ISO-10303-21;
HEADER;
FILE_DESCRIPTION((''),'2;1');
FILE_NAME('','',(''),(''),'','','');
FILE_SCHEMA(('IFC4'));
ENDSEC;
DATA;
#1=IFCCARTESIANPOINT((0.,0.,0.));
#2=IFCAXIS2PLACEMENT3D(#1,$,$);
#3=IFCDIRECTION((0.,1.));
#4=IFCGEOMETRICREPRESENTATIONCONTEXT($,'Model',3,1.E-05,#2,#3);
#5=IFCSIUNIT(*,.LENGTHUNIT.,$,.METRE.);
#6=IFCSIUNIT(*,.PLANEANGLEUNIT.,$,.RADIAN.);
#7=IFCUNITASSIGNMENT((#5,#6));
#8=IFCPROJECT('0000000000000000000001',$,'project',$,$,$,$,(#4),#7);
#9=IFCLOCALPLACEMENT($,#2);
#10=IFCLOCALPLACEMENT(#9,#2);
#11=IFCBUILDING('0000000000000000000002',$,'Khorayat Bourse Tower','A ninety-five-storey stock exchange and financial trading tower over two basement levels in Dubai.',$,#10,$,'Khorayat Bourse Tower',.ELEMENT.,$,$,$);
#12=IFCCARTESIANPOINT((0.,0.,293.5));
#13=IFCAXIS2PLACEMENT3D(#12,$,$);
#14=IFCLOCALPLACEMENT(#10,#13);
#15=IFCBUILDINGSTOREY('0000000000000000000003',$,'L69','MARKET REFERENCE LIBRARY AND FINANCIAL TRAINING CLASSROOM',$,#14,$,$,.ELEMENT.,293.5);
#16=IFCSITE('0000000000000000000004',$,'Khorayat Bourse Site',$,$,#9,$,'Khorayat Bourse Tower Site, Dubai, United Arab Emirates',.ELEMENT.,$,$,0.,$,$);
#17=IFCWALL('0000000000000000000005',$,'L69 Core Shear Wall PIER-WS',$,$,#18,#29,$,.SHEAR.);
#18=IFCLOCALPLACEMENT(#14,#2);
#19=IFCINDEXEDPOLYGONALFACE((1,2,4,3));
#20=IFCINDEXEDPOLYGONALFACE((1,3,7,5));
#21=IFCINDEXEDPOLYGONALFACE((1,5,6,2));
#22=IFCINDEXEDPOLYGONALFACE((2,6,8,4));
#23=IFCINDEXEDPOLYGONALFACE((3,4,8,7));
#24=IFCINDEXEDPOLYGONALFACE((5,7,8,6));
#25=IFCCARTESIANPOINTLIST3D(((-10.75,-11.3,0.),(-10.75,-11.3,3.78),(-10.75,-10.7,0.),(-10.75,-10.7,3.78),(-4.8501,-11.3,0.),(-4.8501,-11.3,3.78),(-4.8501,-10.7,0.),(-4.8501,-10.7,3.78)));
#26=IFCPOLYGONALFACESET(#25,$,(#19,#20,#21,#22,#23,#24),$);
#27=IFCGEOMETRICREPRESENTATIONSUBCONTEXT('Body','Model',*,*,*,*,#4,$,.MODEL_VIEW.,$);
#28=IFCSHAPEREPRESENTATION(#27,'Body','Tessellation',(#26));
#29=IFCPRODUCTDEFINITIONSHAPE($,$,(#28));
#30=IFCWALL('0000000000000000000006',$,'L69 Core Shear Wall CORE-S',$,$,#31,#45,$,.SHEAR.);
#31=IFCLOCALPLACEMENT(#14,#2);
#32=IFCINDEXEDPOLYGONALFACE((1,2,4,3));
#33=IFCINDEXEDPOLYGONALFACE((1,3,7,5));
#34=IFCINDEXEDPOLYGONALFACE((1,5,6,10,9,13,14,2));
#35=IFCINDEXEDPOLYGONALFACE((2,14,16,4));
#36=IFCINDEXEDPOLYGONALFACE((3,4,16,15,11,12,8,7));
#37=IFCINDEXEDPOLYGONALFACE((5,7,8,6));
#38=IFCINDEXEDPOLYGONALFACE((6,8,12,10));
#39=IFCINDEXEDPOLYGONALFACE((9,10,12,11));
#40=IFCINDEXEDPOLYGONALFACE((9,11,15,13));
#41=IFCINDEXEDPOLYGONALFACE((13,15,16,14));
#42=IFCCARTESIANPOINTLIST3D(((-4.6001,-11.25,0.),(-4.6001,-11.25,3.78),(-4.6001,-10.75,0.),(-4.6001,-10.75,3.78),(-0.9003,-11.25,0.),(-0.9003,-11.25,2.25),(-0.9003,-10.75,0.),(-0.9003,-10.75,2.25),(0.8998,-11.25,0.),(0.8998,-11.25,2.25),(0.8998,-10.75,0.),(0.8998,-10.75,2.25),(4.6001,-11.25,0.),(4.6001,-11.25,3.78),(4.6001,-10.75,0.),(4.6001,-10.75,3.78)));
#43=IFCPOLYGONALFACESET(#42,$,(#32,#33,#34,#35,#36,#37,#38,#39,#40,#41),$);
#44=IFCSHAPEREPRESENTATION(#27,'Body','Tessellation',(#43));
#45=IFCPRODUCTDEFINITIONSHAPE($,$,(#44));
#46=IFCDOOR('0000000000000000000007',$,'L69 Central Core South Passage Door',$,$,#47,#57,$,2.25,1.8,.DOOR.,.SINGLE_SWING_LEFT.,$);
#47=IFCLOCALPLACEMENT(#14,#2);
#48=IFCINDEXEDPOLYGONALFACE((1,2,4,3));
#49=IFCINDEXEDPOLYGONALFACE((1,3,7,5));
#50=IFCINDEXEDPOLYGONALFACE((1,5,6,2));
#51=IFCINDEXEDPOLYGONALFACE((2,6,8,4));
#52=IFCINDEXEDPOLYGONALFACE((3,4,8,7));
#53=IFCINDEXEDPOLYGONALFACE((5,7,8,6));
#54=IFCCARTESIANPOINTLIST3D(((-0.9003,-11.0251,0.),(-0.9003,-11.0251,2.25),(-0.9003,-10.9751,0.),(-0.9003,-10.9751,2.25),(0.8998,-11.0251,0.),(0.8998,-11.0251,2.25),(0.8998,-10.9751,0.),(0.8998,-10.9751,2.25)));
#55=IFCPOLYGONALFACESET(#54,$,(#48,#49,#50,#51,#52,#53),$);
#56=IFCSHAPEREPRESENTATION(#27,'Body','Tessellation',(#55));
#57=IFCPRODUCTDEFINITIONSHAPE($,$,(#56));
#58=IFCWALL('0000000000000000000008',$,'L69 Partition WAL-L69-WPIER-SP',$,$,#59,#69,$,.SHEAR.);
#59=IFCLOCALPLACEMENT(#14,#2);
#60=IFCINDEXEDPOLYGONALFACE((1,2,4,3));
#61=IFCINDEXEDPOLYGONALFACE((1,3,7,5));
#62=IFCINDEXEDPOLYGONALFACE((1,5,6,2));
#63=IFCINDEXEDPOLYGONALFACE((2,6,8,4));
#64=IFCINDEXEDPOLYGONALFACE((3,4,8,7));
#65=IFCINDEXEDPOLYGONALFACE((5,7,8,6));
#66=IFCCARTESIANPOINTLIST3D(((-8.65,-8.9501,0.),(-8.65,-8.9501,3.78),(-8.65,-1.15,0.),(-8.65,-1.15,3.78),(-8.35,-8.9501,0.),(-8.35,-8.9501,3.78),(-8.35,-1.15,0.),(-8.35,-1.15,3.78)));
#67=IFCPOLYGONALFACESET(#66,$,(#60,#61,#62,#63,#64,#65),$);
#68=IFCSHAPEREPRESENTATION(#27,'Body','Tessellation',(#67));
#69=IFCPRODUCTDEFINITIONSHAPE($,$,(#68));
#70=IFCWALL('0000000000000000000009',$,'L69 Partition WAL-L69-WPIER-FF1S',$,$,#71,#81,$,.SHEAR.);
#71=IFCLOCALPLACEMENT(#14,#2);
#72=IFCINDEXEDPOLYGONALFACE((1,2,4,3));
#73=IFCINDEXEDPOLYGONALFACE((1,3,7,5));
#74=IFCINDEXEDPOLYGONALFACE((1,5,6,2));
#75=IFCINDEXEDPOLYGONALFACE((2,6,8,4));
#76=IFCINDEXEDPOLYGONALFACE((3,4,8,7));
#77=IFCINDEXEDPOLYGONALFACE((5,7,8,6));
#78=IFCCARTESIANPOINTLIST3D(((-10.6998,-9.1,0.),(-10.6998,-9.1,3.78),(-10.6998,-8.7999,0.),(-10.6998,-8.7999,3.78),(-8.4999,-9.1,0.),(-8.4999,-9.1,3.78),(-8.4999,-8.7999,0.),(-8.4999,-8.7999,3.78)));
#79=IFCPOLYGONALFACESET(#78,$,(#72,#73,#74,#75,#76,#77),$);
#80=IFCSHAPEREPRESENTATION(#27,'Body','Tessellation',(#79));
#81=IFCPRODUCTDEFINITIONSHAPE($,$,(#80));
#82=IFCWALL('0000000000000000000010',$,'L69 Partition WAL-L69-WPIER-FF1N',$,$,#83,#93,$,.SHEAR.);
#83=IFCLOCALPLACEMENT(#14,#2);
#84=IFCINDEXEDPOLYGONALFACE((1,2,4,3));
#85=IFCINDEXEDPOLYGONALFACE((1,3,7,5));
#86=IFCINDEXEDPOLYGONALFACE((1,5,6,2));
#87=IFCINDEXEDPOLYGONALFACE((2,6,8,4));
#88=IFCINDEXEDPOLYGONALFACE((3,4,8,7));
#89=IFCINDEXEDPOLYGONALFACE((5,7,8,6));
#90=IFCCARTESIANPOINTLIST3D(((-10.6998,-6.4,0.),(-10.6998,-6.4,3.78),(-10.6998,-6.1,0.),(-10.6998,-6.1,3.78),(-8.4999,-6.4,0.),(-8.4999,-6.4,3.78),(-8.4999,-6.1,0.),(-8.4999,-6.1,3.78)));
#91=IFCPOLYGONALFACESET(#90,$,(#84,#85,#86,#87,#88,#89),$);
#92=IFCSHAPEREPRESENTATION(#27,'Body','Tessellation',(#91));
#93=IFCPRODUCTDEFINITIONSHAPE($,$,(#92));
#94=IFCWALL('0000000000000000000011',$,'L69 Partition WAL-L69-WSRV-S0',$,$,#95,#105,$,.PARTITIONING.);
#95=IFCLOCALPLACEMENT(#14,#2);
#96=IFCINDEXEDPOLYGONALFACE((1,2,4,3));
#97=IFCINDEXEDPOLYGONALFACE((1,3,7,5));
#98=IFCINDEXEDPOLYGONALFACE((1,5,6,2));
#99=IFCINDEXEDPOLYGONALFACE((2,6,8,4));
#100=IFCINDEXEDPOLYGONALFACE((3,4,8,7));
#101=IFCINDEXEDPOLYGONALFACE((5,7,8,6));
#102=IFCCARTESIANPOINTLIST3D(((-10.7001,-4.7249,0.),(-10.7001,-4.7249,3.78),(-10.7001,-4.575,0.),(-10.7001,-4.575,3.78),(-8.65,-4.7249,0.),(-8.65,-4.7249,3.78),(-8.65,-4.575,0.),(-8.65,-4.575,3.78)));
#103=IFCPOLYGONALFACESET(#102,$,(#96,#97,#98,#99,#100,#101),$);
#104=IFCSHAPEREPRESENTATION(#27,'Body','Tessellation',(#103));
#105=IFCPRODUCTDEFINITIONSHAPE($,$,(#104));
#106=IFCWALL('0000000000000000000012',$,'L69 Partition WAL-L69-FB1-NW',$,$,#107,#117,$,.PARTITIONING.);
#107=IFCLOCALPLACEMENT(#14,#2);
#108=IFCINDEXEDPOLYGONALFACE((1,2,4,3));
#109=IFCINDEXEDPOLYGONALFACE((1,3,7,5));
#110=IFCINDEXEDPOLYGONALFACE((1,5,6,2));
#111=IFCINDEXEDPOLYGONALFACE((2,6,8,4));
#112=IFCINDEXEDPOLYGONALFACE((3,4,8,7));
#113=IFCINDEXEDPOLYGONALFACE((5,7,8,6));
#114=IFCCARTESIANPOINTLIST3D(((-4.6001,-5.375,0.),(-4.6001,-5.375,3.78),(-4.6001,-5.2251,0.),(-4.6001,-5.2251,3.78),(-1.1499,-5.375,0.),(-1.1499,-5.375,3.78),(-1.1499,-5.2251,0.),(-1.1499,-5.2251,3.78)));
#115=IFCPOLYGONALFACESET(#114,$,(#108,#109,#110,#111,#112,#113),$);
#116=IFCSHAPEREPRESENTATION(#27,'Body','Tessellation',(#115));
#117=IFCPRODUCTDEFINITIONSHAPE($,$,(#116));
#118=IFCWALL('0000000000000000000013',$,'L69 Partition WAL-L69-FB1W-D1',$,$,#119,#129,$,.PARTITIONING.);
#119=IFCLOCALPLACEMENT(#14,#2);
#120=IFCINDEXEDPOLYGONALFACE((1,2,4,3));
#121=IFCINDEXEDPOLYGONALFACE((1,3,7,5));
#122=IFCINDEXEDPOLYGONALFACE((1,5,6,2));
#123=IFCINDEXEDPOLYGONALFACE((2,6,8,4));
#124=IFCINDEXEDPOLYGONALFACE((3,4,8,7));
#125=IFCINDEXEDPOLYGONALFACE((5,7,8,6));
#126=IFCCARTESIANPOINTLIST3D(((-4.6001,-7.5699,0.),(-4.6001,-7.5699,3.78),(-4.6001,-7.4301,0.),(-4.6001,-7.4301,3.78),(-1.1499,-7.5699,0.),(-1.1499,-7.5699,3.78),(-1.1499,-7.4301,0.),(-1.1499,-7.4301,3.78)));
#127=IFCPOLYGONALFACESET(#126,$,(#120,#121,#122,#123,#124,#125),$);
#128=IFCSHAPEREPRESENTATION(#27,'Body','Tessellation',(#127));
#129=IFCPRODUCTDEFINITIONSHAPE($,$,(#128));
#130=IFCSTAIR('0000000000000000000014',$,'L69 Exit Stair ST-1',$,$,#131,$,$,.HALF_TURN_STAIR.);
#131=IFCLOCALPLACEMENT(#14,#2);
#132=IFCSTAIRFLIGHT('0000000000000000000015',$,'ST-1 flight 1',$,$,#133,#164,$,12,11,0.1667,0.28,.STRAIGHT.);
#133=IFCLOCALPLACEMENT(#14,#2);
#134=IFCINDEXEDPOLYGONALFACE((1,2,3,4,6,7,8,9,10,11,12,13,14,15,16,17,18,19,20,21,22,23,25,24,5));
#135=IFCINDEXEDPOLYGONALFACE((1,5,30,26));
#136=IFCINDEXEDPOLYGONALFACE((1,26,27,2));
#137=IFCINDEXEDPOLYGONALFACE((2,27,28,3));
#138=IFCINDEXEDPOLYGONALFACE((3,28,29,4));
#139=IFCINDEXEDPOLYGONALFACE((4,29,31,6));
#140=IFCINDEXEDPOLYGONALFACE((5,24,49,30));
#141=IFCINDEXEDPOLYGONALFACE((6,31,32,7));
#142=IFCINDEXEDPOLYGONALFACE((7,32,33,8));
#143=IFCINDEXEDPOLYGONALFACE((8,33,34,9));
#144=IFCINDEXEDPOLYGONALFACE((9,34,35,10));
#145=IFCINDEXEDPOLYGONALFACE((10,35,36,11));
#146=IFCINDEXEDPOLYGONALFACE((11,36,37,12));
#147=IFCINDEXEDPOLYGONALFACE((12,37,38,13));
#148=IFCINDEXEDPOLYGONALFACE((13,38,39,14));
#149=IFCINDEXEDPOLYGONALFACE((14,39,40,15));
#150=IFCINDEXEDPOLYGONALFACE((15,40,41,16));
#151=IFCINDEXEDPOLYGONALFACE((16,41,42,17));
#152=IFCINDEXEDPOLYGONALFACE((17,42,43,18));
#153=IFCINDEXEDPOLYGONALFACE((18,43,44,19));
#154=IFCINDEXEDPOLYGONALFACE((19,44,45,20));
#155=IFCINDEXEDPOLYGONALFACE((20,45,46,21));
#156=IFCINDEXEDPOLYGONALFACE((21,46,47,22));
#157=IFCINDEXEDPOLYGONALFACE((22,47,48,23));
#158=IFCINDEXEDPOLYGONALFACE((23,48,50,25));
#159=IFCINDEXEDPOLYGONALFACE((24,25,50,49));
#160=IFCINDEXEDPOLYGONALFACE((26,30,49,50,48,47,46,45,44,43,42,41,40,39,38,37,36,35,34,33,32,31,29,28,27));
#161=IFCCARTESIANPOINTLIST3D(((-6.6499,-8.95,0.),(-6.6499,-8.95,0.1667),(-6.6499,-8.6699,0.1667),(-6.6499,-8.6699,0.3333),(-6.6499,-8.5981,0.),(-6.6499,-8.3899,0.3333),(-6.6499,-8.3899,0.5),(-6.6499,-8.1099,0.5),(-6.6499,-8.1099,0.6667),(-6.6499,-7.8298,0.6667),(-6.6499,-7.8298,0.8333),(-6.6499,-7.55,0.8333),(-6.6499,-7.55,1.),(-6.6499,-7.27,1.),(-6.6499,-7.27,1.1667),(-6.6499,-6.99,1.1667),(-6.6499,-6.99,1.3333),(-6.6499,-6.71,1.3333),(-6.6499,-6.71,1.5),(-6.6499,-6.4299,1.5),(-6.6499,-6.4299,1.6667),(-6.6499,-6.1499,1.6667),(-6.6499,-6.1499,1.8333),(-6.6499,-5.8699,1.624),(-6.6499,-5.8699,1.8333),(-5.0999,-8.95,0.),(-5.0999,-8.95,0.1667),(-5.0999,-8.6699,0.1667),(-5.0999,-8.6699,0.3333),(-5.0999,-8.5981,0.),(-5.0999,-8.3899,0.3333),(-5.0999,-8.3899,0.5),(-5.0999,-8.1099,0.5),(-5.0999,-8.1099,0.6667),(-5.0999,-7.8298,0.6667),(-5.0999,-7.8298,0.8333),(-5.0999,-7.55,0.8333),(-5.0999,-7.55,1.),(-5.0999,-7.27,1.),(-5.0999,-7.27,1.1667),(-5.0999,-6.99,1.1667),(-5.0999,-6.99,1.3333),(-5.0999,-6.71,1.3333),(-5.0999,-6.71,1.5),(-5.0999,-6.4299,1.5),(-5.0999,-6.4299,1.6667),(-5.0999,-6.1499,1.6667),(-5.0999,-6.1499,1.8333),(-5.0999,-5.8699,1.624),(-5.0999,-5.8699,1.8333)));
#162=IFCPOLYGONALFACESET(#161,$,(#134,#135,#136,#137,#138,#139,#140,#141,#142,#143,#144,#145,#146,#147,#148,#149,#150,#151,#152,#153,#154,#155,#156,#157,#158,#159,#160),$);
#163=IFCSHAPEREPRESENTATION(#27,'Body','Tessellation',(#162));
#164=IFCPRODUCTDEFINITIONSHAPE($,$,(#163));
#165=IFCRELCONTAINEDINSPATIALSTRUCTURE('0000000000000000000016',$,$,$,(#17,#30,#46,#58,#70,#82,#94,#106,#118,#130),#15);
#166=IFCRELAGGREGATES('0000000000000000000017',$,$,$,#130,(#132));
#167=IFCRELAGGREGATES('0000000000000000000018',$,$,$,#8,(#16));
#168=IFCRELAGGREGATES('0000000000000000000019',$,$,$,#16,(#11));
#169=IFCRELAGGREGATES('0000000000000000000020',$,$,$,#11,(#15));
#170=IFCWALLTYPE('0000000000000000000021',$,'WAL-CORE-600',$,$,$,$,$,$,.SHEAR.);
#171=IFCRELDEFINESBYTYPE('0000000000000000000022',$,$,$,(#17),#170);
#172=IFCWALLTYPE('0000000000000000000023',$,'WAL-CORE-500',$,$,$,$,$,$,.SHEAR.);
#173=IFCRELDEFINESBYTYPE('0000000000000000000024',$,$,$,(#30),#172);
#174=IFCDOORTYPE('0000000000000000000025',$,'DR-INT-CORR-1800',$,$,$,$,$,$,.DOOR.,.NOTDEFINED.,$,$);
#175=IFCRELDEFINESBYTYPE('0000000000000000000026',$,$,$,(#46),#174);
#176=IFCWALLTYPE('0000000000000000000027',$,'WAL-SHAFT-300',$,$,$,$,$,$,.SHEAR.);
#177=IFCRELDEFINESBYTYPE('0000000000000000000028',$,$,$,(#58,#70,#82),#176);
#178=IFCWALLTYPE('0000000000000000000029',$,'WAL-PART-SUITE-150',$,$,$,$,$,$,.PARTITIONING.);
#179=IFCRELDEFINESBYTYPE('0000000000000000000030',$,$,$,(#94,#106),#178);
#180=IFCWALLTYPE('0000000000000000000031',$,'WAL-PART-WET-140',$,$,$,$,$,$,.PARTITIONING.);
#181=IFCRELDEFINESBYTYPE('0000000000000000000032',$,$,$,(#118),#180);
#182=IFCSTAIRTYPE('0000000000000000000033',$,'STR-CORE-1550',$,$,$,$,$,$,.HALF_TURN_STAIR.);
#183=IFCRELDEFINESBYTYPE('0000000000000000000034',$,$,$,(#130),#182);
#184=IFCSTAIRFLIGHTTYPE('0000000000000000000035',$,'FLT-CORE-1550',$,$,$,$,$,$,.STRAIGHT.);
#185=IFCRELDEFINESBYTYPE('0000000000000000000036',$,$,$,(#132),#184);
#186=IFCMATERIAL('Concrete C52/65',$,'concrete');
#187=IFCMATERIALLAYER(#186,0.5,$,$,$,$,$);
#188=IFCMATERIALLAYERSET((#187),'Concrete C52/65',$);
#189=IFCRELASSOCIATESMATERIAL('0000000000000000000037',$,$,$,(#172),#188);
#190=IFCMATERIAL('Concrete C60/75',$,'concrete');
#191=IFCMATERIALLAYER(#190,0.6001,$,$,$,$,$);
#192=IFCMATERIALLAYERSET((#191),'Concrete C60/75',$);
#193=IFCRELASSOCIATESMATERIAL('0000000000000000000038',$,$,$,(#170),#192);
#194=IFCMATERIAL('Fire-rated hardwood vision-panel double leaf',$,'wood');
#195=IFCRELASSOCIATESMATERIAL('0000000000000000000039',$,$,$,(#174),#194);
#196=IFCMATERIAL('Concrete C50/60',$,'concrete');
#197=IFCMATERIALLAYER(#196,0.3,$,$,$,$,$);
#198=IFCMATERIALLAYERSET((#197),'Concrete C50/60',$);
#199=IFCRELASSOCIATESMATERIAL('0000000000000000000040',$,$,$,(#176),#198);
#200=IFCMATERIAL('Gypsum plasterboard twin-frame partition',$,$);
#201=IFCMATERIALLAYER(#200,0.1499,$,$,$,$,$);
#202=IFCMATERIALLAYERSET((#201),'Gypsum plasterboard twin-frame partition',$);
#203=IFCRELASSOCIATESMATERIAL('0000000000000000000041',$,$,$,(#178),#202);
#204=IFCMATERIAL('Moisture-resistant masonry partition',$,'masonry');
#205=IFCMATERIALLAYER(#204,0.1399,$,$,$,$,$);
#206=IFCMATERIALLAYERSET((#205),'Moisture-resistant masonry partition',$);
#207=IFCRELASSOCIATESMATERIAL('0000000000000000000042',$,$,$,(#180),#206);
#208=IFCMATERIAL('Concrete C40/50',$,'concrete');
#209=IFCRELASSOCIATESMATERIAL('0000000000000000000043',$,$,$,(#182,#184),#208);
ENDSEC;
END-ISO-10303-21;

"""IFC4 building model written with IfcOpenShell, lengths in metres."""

from ifc_helpers import new_model, si_unit, direction, frame, frame_2d, origin, place, context, subcontext, project, spatial, polyline, rectangle, outline, extrude, source, transform, mapped, material, layer, layer_set, type_object, element, fill, aggregate, save


model = new_model("IFC4")

# Units and contexts
model_context = context("Model", 3, precision=1e-05, world=origin(), true_north=direction((0.0, 1.0)))
body_context = subcontext(model_context, "Body", "Model", "MODEL_VIEW")
ifc_project = project(units=[si_unit("LENGTHUNIT", "METRE"), si_unit("PLANEANGLEUNIT", "RADIAN")], contexts=[model_context])

# Site, building, storey
site_placement = place(None, origin())
site = spatial("IfcSite", under=ifc_project, at=site_placement, Name="Khorayat Bourse Site", LongName="Khorayat Bourse Tower Site, Dubai, United Arab Emirates", CompositionType="ELEMENT", RefElevation=0.0)
building_placement = place(site_placement, origin())
building = spatial("IfcBuilding", under=site, at=building_placement, Name="Khorayat Bourse Tower", Description="A ninety-five-storey stock exchange and financial trading tower over two basement levels in Dubai.", LongName="Khorayat Bourse Tower", CompositionType="ELEMENT")
storey_placement = place(building_placement, frame((0.0, 0.0, 293.5)))
storey = spatial("IfcBuildingStorey", under=building, at=storey_placement, Name="L69", Description="MARKET REFERENCE LIBRARY AND FINANCIAL TRAINING CLASSROOM", CompositionType="ELEMENT", Elevation=293.5)

# Shared definitions
ifc_material_1 = material(Name="Concrete C52/65", Category="concrete")

# Shared definitions
ifc_material_2 = material(Name="Concrete C60/75", Category="concrete")

# Wall
ifc_layer_1 = layer(ifc_material_1, 0.5)
ifc_layer_set_1 = layer_set([ifc_layer_1], Name="Concrete C52/65")
wall_type_1 = type_object("IfcWallType", Name="WAL-CORE-500", PredefinedType="SHEAR", material=ifc_layer_set_1)
ifc_layer_2 = layer(ifc_material_2, 0.6001)
ifc_layer_set_2 = layer_set([ifc_layer_2], Name="Concrete C60/75")
wall_type_2 = type_object("IfcWallType", Name="WAL-CORE-600", PredefinedType="SHEAR", material=ifc_layer_set_2)
shared_shape_1 = source(origin(), body_context, "Body", "SweptSolid", [
    extrude(rectangle(XDim=5.8999, YDim=0.6001, at=frame_2d((2.95, 0.0))), origin(), (0.0, 0.0, 1.0), 3.78),
])
wall_1_placement = place(storey_placement, frame((-10.75, -11.0, 0.0), z_axis=(0.0, 0.0, 1.0), x_axis=(1.0, 0.0, 0.0)))
element("IfcWall", 1, at=wall_1_placement, inside=storey, type_object=wall_type_2, Name="L69 Core Shear Wall PIER-WS", PredefinedType="SHEAR", context=body_context, shape_type="MappedRepresentation", body=[
    mapped(shared_shape_1, transform((0.0, 0.0, 0.0), scale=1.0)),
])

# Wall, opening, door
shared_shape_2 = source(origin(), body_context, "Body", "SweptSolid", [
    extrude(rectangle(XDim=9.2002, YDim=0.5, at=frame_2d((4.6001, 0.0))), origin(), (0.0, 0.0, 1.0), 3.78),
])
wall_2_placement = place(storey_placement, frame((-4.6001, -11.0, 0.0), z_axis=(0.0, 0.0, 1.0), x_axis=(1.0, 0.0, 0.0)))
wall_2 = element("IfcWall", 2, at=wall_2_placement, inside=storey, type_object=wall_type_1, Name="L69 Core Shear Wall CORE-S", PredefinedType="SHEAR", context=body_context, shape_type="MappedRepresentation", body=[
    mapped(shared_shape_2, transform((0.0, 0.0, 0.0), scale=1.0)),
])
shared_shape_3 = source(origin(), body_context, "Body", "SweptSolid", [
    extrude(rectangle(XDim=1.8, YDim=2.25, at=frame_2d((0.8999, 1.125))), frame((0.0, 0.26, 0.0), z_axis=(0.0, -1.0, 0.0), x_axis=(1.0, 0.0, 0.0)), (0.0, 0.0, 1.0), 0.52),
])
opening_placement = place(wall_2_placement, frame((3.7, 0.0, 0.0)))
opening = element("IfcOpeningElement", 3, at=opening_placement, cuts=wall_2, PredefinedType="OPENING", context=body_context, shape_type="MappedRepresentation", body=[
    mapped(shared_shape_3, transform((0.0, 0.0, 0.0), scale=1.0)),
])
ifc_material_3 = material(Name="Fire-rated hardwood vision-panel double leaf", Category="wood")
door_type = type_object("IfcDoorType", Name="DR-INT-CORR-1800", OperationType="NOTDEFINED", PredefinedType="DOOR", material=ifc_material_3)
shared_shape_4 = source(origin(), body_context, "Body", "SweptSolid", [
    extrude(rectangle(XDim=1.8, YDim=2.25, at=frame_2d((0.8999, 1.125))), frame((0.0, 0.0249, 0.0), z_axis=(0.0, -1.0, 0.0), x_axis=(1.0, 0.0, 0.0)), (0.0, 0.0, 1.0), 0.05),
])
door_placement = place(opening_placement, origin())
door = element("IfcDoor", 4, at=door_placement, inside=storey, type_object=door_type, Name="L69 Central Core South Passage Door", OperationType="SINGLE_SWING_LEFT", OverallHeight=2.25, OverallWidth=1.8, PredefinedType="DOOR", context=body_context, shape_type="MappedRepresentation", body=[
    mapped(shared_shape_4, transform((0.0, 0.0, 0.0), scale=1.0)),
])
fill(opening, door)

# Walls
ifc_material_4 = material(Name="Concrete C50/60", Category="concrete")
ifc_layer_3 = layer(ifc_material_4, 0.3)
ifc_layer_set_3 = layer_set([ifc_layer_3], Name="Concrete C50/60")
wall_type_3 = type_object("IfcWallType", Name="WAL-SHAFT-300", PredefinedType="SHEAR", material=ifc_layer_set_3)
shared_shape_5 = source(origin(), body_context, "Body", "SweptSolid", [
    extrude(rectangle(XDim=7.8, YDim=0.3, at=frame_2d((3.8999, 0.0))), origin(), (0.0, 0.0, 1.0), 3.78),
])
wall_3_placement = place(storey_placement, frame((-8.5, -8.95, 0.0), z_axis=(0.0, 0.0, 1.0), x_axis=(0.0, 1.0, 0.0)))
element("IfcWall", 5, at=wall_3_placement, inside=storey, type_object=wall_type_3, Name="L69 Partition WAL-L69-WPIER-SP", PredefinedType="SHEAR", context=body_context, shape_type="MappedRepresentation", body=[
    mapped(shared_shape_5, transform((0.0, 0.0, 0.0), scale=1.0)),
])
shared_shape_6 = source(origin(), body_context, "Body", "SweptSolid", [
    extrude(rectangle(XDim=2.2, YDim=0.3, at=frame_2d((1.1001, 0.0))), origin(), (0.0, 0.0, 1.0), 3.78),
])
for number, where, z_axis, x_axis, name in (
    (6, (-10.7, -8.95, 0.0), (0.0, 0.0, 1.0), (1.0, 0.0, 0.0), "L69 Partition WAL-L69-WPIER-FF1S"),
    (7, (-10.7, -6.25, 0.0), (0.0, 0.0, 1.0), (1.0, 0.0, 0.0), "L69 Partition WAL-L69-WPIER-FF1N"),
):
    element("IfcWall", number, at=place(storey_placement, frame(where, z_axis=z_axis, x_axis=x_axis)), inside=storey, type_object=wall_type_3, Name=name, PredefinedType="SHEAR", context=body_context, shape_type="MappedRepresentation", body=[
        mapped(shared_shape_6, transform((0.0, 0.0, 0.0), scale=1.0)),
    ])
ifc_material_5 = material(Name="Gypsum plasterboard twin-frame partition")
ifc_layer_4 = layer(ifc_material_5, 0.1499)
ifc_layer_set_4 = layer_set([ifc_layer_4], Name="Gypsum plasterboard twin-frame partition")
wall_type_4 = type_object("IfcWallType", Name="WAL-PART-SUITE-150", PredefinedType="PARTITIONING", material=ifc_layer_set_4)
shared_shape_7 = source(origin(), body_context, "Body", "SweptSolid", [
    extrude(rectangle(XDim=2.05, YDim=0.1499, at=frame_2d((1.0249, 0.0))), origin(), (0.0, 0.0, 1.0), 3.78),
])
wall_4_placement = place(storey_placement, frame((-10.7, -4.6499, 0.0), z_axis=(0.0, 0.0, 1.0), x_axis=(1.0, 0.0, 0.0)))
element("IfcWall", 8, at=wall_4_placement, inside=storey, type_object=wall_type_4, Name="L69 Partition WAL-L69-WSRV-S0", PredefinedType="PARTITIONING", context=body_context, shape_type="MappedRepresentation", body=[
    mapped(shared_shape_7, transform((0.0, 0.0, 0.0), scale=1.0)),
])
shared_shape_8 = source(origin(), body_context, "Body", "SweptSolid", [
    extrude(rectangle(XDim=3.4502, YDim=0.1499, at=frame_2d((1.7251, 0.0))), origin(), (0.0, 0.0, 1.0), 3.78),
])
wall_5_placement = place(storey_placement, frame((-4.6001, -5.3, 0.0), z_axis=(0.0, 0.0, 1.0), x_axis=(1.0, 0.0, 0.0)))
element("IfcWall", 9, at=wall_5_placement, inside=storey, type_object=wall_type_4, Name="L69 Partition WAL-L69-FB1-NW", PredefinedType="PARTITIONING", context=body_context, shape_type="MappedRepresentation", body=[
    mapped(shared_shape_8, transform((0.0, 0.0, 0.0), scale=1.0)),
])
ifc_material_6 = material(Name="Moisture-resistant masonry partition", Category="masonry")
ifc_layer_5 = layer(ifc_material_6, 0.1399)
ifc_layer_set_5 = layer_set([ifc_layer_5], Name="Moisture-resistant masonry partition")
wall_type_5 = type_object("IfcWallType", Name="WAL-PART-WET-140", PredefinedType="PARTITIONING", material=ifc_layer_set_5)
shared_shape_9 = source(origin(), body_context, "Body", "SweptSolid", [
    extrude(rectangle(XDim=3.4502, YDim=0.1399, at=frame_2d((1.7251, 0.0))), origin(), (0.0, 0.0, 1.0), 3.78),
])
wall_6_placement = place(storey_placement, frame((-4.6001, -7.5, 0.0), z_axis=(0.0, 0.0, 1.0), x_axis=(1.0, 0.0, 0.0)))
element("IfcWall", 10, at=wall_6_placement, inside=storey, type_object=wall_type_5, Name="L69 Partition WAL-L69-FB1W-D1", PredefinedType="PARTITIONING", context=body_context, shape_type="MappedRepresentation", body=[
    mapped(shared_shape_9, transform((0.0, 0.0, 0.0), scale=1.0)),
])

# Stair, stair flight
ifc_material_7 = material(Name="Concrete C40/50", Category="concrete")
stair_type = type_object("IfcStairType", Name="STR-CORE-1550", PredefinedType="HALF_TURN_STAIR", material=ifc_material_7)
stair_placement = place(storey_placement, origin())
stair = element("IfcStair", 11, at=stair_placement, inside=storey, type_object=stair_type, Name="L69 Exit Stair ST-1", PredefinedType="HALF_TURN_STAIR")
stair_flight_type = type_object("IfcStairFlightType", Name="FLT-CORE-1550", PredefinedType="STRAIGHT", material=ifc_material_7)
shared_shape_10 = source(origin(), body_context, "Body", "SweptSolid", [
    extrude(outline(polyline([(0.0, 0.0), (0.0, 0.1667), (0.28, 0.1667), (0.28, 0.3333), (0.5601, 0.3333), (0.5601, 0.5), (0.8401, 0.5), (0.8401, 0.6667), (1.1201, 0.6667), (1.1201, 0.8333), (1.3999, 0.8333), (1.3999, 1.0), (1.6799, 1.0), (1.6799, 1.1667), (1.96, 1.1667), (1.96, 1.3333), (2.24, 1.3333), (2.24, 1.5), (2.52, 1.5), (2.52, 1.6667), (2.8, 1.6667), (2.8, 1.8333), (3.0801, 1.8333), (3.0801, 2.0), (3.0801, 1.624), (0.3518, 0.0), (0.0, 0.0)])), frame((0.0, 0.7749, 0.0), z_axis=(0.0, -1.0, 0.0), x_axis=(1.0, 0.0, 0.0)), (0.0, 0.0, 1.0), 1.55),
])
stair_flight_1_placement = place(storey_placement, frame((-5.875, -8.95, 0.0), z_axis=(0.0, 0.0, 1.0), x_axis=(0.0, 1.0, 0.0)))
stair_flight_1 = element("IfcStairFlight", 12, at=stair_flight_1_placement, type_object=stair_flight_type, Name="ST-1 flight 1", NumberOfRisers=12, NumberOfTreads=11, PredefinedType="STRAIGHT", RiserHeight=0.1667, TreadLength=0.28, context=body_context, shape_type="MappedRepresentation", body=[
    mapped(shared_shape_10, transform((0.0, 0.0, 0.0), scale=1.0)),
])
aggregate(stair, [stair_flight_1])

save(model, "model.ifc")
